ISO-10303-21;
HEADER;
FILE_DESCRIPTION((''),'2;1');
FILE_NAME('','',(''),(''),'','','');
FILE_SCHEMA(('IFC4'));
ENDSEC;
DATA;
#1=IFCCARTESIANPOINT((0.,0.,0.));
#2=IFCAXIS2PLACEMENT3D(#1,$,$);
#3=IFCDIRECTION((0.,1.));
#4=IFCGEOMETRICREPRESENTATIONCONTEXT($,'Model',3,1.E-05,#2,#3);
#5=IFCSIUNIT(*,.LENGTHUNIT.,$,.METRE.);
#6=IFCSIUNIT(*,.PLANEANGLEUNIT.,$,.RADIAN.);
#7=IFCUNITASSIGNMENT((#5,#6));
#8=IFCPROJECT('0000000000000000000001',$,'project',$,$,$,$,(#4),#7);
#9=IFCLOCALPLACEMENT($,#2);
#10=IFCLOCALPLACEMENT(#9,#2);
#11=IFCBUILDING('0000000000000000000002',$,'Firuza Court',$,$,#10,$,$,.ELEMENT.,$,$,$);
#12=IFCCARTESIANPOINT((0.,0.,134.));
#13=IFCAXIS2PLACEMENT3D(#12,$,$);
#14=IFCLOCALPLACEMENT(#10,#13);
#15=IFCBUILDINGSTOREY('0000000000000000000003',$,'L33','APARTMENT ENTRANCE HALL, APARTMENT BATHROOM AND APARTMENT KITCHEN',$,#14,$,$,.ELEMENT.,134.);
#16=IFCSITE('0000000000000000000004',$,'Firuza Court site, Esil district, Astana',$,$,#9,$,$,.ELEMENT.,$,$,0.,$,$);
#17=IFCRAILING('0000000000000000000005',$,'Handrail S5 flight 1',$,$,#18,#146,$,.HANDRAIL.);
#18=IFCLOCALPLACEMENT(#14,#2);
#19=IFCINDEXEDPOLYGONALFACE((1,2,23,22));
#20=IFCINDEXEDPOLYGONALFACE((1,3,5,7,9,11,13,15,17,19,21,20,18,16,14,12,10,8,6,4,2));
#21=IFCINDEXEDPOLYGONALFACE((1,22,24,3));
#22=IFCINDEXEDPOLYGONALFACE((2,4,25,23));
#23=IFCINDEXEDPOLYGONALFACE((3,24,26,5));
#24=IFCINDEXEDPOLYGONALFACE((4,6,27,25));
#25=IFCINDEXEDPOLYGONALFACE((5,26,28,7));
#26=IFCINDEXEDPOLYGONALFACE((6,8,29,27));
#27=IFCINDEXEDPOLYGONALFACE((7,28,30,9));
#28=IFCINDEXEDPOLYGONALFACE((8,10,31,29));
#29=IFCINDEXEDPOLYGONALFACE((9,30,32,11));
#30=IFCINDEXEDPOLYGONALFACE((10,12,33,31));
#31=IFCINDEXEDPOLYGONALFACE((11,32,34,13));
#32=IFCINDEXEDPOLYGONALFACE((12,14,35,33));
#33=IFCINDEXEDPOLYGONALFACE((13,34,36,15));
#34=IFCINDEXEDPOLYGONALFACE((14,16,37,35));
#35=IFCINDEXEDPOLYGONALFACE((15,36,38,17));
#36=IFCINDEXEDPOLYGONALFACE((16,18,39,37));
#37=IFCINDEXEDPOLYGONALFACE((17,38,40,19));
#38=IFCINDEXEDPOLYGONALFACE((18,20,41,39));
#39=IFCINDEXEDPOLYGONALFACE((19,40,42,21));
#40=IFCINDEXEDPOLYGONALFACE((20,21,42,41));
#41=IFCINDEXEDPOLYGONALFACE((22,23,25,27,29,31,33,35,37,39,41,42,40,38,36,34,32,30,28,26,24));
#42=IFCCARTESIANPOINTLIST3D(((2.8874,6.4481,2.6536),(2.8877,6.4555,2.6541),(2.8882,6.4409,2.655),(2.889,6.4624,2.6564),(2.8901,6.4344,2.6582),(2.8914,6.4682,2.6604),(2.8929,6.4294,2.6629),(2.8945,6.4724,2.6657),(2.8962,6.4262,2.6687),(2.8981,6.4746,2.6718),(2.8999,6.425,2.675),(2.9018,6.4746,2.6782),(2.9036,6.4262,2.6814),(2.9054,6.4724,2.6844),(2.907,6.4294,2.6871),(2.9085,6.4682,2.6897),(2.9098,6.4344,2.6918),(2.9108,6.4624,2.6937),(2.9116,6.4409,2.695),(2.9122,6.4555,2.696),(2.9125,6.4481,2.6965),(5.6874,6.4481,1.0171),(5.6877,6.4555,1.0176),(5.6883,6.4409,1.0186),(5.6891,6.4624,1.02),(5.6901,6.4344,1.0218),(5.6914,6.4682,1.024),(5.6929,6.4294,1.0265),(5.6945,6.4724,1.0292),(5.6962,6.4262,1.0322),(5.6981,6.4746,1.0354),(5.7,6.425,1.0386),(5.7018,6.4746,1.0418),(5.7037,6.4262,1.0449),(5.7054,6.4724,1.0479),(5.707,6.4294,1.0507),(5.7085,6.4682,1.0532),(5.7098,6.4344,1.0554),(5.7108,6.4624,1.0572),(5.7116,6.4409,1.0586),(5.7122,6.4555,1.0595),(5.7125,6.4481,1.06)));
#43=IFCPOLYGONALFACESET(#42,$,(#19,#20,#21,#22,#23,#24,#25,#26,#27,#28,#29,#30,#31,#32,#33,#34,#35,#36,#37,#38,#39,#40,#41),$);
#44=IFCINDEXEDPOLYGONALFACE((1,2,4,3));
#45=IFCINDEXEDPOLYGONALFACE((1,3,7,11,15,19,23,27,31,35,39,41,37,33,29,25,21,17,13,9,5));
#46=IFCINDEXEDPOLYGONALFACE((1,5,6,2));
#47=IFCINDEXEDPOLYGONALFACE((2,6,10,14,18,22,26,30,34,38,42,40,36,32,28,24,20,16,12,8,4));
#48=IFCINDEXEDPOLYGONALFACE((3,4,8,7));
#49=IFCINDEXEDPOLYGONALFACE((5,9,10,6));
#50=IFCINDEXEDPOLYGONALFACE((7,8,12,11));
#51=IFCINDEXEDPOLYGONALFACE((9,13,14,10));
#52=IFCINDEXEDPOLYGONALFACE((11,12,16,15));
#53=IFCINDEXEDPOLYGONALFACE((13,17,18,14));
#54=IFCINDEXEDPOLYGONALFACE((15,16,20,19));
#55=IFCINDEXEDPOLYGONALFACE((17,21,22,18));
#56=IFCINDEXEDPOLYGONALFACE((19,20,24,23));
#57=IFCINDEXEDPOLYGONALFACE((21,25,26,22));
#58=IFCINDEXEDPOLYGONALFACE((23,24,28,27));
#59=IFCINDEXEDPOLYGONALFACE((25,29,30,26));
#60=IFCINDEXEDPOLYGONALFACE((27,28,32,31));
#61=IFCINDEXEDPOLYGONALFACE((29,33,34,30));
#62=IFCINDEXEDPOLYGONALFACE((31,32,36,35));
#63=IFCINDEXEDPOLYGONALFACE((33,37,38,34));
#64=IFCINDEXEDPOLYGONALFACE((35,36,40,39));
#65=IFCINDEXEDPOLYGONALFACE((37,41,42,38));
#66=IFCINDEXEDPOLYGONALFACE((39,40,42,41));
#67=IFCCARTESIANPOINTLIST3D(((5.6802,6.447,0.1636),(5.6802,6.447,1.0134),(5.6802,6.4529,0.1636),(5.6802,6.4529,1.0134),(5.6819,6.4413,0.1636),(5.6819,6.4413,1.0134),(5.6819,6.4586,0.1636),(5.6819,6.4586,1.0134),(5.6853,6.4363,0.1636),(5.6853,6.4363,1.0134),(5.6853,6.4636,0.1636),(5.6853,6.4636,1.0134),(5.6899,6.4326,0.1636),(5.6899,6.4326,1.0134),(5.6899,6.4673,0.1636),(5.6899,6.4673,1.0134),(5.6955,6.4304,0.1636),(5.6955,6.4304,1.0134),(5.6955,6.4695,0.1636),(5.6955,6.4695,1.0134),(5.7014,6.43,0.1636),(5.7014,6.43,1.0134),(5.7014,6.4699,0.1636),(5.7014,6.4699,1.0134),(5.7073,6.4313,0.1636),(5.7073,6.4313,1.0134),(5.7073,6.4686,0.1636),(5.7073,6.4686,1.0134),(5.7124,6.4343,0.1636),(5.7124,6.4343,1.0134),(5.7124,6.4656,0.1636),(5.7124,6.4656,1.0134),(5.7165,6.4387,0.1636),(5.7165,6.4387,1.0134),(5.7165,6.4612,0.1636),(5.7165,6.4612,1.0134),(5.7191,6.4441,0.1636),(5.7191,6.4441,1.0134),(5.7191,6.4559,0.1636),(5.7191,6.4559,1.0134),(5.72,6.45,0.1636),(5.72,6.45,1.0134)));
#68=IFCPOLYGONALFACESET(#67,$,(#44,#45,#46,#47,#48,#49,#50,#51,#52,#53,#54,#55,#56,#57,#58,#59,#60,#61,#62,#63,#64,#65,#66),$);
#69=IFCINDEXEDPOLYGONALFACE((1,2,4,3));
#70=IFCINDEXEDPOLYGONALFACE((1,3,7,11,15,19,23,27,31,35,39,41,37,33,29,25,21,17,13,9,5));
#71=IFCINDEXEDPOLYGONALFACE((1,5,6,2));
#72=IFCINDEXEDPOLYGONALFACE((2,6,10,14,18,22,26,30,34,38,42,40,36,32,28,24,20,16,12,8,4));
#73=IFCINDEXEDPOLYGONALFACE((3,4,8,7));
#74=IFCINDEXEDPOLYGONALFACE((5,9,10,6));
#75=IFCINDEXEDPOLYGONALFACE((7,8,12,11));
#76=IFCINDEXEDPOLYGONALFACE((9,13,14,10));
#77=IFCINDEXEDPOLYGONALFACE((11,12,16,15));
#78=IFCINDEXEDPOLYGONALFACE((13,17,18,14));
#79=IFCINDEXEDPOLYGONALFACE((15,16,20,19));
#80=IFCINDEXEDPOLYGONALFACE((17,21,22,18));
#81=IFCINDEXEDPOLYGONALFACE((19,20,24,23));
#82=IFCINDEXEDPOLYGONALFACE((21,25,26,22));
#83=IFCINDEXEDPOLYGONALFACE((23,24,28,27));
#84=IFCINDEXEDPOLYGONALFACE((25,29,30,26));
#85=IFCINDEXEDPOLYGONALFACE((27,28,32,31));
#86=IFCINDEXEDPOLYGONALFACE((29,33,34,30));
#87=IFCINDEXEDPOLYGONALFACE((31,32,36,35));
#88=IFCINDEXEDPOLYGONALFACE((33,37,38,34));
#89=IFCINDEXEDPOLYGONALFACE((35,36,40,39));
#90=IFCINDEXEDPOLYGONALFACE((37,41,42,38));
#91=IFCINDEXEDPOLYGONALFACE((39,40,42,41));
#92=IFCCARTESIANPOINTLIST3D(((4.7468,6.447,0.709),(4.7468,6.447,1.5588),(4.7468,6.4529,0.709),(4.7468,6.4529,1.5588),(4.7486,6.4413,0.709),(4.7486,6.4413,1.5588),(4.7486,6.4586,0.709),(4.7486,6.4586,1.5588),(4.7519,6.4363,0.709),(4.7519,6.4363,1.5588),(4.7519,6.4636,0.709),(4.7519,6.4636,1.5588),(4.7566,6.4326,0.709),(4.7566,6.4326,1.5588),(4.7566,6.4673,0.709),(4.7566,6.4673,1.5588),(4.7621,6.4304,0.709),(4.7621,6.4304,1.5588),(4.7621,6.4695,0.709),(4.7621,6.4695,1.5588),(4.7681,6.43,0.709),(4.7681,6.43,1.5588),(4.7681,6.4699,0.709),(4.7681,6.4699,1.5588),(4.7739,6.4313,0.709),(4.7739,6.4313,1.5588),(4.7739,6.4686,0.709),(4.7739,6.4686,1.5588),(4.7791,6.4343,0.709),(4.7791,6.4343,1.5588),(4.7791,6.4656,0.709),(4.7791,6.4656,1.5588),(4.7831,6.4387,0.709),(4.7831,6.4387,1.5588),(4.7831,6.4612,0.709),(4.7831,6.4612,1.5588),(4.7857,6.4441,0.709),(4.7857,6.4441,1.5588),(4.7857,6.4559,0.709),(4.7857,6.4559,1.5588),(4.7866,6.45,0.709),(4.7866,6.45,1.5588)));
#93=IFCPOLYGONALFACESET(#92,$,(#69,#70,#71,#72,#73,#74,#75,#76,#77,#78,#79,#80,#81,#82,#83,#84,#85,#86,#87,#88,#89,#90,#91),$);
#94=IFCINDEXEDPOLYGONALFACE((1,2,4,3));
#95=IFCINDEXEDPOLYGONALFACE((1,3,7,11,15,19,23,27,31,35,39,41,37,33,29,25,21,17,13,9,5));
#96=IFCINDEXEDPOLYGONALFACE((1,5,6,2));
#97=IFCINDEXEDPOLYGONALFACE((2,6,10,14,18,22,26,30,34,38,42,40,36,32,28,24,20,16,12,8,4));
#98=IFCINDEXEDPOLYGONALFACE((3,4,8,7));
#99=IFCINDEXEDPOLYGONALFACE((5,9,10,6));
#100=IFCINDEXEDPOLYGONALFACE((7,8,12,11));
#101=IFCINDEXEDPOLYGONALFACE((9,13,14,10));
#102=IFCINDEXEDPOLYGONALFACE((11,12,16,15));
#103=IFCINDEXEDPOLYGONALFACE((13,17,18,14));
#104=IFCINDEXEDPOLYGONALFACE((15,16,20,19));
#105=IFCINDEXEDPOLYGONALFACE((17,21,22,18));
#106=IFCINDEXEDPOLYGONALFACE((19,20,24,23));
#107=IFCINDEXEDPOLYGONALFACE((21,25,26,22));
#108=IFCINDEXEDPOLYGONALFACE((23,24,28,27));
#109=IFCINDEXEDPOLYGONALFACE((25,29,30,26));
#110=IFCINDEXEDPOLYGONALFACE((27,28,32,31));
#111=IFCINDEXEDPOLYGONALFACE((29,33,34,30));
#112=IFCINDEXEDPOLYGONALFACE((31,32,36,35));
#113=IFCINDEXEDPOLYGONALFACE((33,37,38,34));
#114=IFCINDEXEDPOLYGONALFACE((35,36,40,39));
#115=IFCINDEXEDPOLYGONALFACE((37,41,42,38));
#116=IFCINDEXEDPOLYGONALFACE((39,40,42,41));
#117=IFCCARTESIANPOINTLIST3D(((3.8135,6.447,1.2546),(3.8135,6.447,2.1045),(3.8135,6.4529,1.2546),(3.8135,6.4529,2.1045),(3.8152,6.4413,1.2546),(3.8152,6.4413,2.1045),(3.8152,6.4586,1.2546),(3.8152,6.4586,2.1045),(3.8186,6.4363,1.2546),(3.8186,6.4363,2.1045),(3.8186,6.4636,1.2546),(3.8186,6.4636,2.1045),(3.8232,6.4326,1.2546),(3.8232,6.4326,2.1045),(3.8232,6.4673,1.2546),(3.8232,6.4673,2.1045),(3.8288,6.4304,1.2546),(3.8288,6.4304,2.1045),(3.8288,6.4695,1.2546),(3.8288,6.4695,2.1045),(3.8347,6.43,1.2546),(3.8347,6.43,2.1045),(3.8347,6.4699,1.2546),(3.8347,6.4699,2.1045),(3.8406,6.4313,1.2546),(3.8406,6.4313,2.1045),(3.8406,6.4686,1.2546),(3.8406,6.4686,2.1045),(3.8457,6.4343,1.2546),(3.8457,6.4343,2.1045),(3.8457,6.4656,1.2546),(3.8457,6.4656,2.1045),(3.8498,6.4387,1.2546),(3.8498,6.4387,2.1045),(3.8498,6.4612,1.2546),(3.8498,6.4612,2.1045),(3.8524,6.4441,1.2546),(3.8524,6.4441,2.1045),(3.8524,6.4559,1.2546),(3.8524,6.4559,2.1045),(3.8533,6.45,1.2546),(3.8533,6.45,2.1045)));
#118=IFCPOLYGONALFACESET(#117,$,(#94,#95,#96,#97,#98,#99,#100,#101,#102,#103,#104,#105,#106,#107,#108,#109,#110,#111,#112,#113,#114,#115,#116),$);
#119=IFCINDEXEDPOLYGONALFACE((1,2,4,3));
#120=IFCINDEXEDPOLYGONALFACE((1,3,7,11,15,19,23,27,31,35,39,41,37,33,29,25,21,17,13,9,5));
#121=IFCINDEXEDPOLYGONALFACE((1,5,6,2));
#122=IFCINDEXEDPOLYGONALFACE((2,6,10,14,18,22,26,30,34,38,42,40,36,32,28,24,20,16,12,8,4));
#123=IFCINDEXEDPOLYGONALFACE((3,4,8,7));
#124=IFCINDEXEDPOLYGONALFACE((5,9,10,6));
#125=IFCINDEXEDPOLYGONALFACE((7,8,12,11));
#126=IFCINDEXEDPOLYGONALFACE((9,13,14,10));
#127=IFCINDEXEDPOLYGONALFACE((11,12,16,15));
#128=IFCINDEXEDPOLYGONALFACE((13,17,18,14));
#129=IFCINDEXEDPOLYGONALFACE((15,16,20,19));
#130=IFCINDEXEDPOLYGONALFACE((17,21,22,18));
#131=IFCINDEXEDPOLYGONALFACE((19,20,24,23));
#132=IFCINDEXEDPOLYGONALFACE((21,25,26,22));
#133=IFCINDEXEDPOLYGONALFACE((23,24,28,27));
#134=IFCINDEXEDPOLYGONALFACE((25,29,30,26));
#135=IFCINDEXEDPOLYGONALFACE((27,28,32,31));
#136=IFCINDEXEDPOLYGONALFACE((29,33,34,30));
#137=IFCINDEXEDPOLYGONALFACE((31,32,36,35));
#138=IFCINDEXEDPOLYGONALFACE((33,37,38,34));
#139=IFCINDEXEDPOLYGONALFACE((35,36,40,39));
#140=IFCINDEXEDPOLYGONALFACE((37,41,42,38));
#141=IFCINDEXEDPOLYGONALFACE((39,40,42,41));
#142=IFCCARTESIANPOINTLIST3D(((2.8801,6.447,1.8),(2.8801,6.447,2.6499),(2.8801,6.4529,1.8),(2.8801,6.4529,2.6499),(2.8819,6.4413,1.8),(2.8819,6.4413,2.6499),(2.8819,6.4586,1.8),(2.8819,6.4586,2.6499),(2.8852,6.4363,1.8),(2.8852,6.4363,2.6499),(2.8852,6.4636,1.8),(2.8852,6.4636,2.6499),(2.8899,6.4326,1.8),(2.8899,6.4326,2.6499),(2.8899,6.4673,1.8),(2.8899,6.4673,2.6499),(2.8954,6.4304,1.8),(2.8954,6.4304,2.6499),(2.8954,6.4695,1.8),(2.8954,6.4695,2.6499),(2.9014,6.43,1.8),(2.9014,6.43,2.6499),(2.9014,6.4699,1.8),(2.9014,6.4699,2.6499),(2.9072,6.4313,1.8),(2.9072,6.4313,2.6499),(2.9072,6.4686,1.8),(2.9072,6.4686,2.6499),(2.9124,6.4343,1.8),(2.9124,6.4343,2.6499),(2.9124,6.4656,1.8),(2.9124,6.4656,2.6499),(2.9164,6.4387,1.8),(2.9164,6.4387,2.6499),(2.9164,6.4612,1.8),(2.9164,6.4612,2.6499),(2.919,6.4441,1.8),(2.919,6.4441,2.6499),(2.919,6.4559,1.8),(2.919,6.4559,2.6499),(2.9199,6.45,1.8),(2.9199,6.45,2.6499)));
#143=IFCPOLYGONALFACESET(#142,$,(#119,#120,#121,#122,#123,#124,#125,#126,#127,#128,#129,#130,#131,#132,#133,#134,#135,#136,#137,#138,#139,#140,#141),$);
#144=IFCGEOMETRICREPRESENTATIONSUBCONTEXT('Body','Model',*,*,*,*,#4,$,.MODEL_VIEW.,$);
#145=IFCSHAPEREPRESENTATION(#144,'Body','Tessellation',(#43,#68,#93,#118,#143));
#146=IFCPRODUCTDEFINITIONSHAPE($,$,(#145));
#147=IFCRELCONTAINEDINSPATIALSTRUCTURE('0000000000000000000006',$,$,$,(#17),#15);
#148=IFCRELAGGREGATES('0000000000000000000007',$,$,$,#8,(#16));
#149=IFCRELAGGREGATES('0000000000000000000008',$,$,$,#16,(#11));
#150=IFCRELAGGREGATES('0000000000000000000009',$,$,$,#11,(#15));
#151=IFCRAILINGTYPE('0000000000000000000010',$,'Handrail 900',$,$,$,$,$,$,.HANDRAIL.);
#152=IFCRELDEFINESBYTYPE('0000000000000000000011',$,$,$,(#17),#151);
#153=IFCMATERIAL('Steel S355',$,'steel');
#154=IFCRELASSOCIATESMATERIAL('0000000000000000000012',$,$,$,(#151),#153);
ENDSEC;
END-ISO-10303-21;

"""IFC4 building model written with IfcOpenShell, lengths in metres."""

from ifc_helpers import new_model, si_unit, direction, frame, origin, origin_2d, place, context, subcontext, project, spatial, circle, extrude, material, type_object, element, save


model = new_model("IFC4")

# Units and contexts
model_context = context("Model", 3, precision=1e-05, world=origin(), true_north=direction((0.0, 1.0)))
body_context = subcontext(model_context, "Body", "Model", "MODEL_VIEW")
ifc_project = project(units=[si_unit("LENGTHUNIT", "METRE"), si_unit("PLANEANGLEUNIT", "RADIAN")], contexts=[model_context])

# Site, building, storey
site_placement = place(None, origin())
site = spatial("IfcSite", under=ifc_project, at=site_placement, Name="Firuza Court site, Esil district, Astana", CompositionType="ELEMENT", RefElevation=0.0)
building_placement = place(site_placement, origin())
building = spatial("IfcBuilding", under=site, at=building_placement, Name="Firuza Court", CompositionType="ELEMENT")
storey_placement = place(building_placement, frame((0.0, 0.0, 134.0)))
storey = spatial("IfcBuildingStorey", under=building, at=storey_placement, Name="L33", Description="APARTMENT ENTRANCE HALL, APARTMENT BATHROOM AND APARTMENT KITCHEN", CompositionType="ELEMENT", Elevation=134.0)

# Railing
ifc_material_1 = material(Name="Steel S355", Category="steel")
railing_type_1 = type_object("IfcRailingType", Name="Handrail 900", PredefinedType="HANDRAIL", material=ifc_material_1)
railing_1_placement = place(storey_placement, frame((5.7, 6.45, 0.1636)))
element("IfcRailing", 1, at=railing_1_placement, inside=storey, type_object=railing_type_1, Name="Handrail S5 flight 1", PredefinedType="HANDRAIL", context=body_context, shape_type="SweptSolid", body=[
    extrude(circle(Radius=0.0249, at=origin_2d()), frame((0.0, 0.0, 0.875), z_axis=(-0.863361, 0.0, 0.504587), x_axis=(0.0, -1.0, 0.0)), (0.0, 0.0, 1.0), 3.2432),
    extrude(circle(Radius=0.02, at=origin_2d()), origin(), (0.0, 0.0, 1.0), 0.8499),
    extrude(circle(Radius=0.02, at=origin_2d()), frame((-0.9333, 0.0, 0.5454)), (0.0, 0.0, 1.0), 0.8499),
    extrude(circle(Radius=0.02, at=origin_2d()), frame((-1.8667, 0.0, 1.0911)), (0.0, 0.0, 1.0), 0.8499),
    extrude(circle(Radius=0.02, at=origin_2d()), frame((-2.8, 0.0, 1.6365)), (0.0, 0.0, 1.0), 0.8499),
])

save(model, "model.ifc")
